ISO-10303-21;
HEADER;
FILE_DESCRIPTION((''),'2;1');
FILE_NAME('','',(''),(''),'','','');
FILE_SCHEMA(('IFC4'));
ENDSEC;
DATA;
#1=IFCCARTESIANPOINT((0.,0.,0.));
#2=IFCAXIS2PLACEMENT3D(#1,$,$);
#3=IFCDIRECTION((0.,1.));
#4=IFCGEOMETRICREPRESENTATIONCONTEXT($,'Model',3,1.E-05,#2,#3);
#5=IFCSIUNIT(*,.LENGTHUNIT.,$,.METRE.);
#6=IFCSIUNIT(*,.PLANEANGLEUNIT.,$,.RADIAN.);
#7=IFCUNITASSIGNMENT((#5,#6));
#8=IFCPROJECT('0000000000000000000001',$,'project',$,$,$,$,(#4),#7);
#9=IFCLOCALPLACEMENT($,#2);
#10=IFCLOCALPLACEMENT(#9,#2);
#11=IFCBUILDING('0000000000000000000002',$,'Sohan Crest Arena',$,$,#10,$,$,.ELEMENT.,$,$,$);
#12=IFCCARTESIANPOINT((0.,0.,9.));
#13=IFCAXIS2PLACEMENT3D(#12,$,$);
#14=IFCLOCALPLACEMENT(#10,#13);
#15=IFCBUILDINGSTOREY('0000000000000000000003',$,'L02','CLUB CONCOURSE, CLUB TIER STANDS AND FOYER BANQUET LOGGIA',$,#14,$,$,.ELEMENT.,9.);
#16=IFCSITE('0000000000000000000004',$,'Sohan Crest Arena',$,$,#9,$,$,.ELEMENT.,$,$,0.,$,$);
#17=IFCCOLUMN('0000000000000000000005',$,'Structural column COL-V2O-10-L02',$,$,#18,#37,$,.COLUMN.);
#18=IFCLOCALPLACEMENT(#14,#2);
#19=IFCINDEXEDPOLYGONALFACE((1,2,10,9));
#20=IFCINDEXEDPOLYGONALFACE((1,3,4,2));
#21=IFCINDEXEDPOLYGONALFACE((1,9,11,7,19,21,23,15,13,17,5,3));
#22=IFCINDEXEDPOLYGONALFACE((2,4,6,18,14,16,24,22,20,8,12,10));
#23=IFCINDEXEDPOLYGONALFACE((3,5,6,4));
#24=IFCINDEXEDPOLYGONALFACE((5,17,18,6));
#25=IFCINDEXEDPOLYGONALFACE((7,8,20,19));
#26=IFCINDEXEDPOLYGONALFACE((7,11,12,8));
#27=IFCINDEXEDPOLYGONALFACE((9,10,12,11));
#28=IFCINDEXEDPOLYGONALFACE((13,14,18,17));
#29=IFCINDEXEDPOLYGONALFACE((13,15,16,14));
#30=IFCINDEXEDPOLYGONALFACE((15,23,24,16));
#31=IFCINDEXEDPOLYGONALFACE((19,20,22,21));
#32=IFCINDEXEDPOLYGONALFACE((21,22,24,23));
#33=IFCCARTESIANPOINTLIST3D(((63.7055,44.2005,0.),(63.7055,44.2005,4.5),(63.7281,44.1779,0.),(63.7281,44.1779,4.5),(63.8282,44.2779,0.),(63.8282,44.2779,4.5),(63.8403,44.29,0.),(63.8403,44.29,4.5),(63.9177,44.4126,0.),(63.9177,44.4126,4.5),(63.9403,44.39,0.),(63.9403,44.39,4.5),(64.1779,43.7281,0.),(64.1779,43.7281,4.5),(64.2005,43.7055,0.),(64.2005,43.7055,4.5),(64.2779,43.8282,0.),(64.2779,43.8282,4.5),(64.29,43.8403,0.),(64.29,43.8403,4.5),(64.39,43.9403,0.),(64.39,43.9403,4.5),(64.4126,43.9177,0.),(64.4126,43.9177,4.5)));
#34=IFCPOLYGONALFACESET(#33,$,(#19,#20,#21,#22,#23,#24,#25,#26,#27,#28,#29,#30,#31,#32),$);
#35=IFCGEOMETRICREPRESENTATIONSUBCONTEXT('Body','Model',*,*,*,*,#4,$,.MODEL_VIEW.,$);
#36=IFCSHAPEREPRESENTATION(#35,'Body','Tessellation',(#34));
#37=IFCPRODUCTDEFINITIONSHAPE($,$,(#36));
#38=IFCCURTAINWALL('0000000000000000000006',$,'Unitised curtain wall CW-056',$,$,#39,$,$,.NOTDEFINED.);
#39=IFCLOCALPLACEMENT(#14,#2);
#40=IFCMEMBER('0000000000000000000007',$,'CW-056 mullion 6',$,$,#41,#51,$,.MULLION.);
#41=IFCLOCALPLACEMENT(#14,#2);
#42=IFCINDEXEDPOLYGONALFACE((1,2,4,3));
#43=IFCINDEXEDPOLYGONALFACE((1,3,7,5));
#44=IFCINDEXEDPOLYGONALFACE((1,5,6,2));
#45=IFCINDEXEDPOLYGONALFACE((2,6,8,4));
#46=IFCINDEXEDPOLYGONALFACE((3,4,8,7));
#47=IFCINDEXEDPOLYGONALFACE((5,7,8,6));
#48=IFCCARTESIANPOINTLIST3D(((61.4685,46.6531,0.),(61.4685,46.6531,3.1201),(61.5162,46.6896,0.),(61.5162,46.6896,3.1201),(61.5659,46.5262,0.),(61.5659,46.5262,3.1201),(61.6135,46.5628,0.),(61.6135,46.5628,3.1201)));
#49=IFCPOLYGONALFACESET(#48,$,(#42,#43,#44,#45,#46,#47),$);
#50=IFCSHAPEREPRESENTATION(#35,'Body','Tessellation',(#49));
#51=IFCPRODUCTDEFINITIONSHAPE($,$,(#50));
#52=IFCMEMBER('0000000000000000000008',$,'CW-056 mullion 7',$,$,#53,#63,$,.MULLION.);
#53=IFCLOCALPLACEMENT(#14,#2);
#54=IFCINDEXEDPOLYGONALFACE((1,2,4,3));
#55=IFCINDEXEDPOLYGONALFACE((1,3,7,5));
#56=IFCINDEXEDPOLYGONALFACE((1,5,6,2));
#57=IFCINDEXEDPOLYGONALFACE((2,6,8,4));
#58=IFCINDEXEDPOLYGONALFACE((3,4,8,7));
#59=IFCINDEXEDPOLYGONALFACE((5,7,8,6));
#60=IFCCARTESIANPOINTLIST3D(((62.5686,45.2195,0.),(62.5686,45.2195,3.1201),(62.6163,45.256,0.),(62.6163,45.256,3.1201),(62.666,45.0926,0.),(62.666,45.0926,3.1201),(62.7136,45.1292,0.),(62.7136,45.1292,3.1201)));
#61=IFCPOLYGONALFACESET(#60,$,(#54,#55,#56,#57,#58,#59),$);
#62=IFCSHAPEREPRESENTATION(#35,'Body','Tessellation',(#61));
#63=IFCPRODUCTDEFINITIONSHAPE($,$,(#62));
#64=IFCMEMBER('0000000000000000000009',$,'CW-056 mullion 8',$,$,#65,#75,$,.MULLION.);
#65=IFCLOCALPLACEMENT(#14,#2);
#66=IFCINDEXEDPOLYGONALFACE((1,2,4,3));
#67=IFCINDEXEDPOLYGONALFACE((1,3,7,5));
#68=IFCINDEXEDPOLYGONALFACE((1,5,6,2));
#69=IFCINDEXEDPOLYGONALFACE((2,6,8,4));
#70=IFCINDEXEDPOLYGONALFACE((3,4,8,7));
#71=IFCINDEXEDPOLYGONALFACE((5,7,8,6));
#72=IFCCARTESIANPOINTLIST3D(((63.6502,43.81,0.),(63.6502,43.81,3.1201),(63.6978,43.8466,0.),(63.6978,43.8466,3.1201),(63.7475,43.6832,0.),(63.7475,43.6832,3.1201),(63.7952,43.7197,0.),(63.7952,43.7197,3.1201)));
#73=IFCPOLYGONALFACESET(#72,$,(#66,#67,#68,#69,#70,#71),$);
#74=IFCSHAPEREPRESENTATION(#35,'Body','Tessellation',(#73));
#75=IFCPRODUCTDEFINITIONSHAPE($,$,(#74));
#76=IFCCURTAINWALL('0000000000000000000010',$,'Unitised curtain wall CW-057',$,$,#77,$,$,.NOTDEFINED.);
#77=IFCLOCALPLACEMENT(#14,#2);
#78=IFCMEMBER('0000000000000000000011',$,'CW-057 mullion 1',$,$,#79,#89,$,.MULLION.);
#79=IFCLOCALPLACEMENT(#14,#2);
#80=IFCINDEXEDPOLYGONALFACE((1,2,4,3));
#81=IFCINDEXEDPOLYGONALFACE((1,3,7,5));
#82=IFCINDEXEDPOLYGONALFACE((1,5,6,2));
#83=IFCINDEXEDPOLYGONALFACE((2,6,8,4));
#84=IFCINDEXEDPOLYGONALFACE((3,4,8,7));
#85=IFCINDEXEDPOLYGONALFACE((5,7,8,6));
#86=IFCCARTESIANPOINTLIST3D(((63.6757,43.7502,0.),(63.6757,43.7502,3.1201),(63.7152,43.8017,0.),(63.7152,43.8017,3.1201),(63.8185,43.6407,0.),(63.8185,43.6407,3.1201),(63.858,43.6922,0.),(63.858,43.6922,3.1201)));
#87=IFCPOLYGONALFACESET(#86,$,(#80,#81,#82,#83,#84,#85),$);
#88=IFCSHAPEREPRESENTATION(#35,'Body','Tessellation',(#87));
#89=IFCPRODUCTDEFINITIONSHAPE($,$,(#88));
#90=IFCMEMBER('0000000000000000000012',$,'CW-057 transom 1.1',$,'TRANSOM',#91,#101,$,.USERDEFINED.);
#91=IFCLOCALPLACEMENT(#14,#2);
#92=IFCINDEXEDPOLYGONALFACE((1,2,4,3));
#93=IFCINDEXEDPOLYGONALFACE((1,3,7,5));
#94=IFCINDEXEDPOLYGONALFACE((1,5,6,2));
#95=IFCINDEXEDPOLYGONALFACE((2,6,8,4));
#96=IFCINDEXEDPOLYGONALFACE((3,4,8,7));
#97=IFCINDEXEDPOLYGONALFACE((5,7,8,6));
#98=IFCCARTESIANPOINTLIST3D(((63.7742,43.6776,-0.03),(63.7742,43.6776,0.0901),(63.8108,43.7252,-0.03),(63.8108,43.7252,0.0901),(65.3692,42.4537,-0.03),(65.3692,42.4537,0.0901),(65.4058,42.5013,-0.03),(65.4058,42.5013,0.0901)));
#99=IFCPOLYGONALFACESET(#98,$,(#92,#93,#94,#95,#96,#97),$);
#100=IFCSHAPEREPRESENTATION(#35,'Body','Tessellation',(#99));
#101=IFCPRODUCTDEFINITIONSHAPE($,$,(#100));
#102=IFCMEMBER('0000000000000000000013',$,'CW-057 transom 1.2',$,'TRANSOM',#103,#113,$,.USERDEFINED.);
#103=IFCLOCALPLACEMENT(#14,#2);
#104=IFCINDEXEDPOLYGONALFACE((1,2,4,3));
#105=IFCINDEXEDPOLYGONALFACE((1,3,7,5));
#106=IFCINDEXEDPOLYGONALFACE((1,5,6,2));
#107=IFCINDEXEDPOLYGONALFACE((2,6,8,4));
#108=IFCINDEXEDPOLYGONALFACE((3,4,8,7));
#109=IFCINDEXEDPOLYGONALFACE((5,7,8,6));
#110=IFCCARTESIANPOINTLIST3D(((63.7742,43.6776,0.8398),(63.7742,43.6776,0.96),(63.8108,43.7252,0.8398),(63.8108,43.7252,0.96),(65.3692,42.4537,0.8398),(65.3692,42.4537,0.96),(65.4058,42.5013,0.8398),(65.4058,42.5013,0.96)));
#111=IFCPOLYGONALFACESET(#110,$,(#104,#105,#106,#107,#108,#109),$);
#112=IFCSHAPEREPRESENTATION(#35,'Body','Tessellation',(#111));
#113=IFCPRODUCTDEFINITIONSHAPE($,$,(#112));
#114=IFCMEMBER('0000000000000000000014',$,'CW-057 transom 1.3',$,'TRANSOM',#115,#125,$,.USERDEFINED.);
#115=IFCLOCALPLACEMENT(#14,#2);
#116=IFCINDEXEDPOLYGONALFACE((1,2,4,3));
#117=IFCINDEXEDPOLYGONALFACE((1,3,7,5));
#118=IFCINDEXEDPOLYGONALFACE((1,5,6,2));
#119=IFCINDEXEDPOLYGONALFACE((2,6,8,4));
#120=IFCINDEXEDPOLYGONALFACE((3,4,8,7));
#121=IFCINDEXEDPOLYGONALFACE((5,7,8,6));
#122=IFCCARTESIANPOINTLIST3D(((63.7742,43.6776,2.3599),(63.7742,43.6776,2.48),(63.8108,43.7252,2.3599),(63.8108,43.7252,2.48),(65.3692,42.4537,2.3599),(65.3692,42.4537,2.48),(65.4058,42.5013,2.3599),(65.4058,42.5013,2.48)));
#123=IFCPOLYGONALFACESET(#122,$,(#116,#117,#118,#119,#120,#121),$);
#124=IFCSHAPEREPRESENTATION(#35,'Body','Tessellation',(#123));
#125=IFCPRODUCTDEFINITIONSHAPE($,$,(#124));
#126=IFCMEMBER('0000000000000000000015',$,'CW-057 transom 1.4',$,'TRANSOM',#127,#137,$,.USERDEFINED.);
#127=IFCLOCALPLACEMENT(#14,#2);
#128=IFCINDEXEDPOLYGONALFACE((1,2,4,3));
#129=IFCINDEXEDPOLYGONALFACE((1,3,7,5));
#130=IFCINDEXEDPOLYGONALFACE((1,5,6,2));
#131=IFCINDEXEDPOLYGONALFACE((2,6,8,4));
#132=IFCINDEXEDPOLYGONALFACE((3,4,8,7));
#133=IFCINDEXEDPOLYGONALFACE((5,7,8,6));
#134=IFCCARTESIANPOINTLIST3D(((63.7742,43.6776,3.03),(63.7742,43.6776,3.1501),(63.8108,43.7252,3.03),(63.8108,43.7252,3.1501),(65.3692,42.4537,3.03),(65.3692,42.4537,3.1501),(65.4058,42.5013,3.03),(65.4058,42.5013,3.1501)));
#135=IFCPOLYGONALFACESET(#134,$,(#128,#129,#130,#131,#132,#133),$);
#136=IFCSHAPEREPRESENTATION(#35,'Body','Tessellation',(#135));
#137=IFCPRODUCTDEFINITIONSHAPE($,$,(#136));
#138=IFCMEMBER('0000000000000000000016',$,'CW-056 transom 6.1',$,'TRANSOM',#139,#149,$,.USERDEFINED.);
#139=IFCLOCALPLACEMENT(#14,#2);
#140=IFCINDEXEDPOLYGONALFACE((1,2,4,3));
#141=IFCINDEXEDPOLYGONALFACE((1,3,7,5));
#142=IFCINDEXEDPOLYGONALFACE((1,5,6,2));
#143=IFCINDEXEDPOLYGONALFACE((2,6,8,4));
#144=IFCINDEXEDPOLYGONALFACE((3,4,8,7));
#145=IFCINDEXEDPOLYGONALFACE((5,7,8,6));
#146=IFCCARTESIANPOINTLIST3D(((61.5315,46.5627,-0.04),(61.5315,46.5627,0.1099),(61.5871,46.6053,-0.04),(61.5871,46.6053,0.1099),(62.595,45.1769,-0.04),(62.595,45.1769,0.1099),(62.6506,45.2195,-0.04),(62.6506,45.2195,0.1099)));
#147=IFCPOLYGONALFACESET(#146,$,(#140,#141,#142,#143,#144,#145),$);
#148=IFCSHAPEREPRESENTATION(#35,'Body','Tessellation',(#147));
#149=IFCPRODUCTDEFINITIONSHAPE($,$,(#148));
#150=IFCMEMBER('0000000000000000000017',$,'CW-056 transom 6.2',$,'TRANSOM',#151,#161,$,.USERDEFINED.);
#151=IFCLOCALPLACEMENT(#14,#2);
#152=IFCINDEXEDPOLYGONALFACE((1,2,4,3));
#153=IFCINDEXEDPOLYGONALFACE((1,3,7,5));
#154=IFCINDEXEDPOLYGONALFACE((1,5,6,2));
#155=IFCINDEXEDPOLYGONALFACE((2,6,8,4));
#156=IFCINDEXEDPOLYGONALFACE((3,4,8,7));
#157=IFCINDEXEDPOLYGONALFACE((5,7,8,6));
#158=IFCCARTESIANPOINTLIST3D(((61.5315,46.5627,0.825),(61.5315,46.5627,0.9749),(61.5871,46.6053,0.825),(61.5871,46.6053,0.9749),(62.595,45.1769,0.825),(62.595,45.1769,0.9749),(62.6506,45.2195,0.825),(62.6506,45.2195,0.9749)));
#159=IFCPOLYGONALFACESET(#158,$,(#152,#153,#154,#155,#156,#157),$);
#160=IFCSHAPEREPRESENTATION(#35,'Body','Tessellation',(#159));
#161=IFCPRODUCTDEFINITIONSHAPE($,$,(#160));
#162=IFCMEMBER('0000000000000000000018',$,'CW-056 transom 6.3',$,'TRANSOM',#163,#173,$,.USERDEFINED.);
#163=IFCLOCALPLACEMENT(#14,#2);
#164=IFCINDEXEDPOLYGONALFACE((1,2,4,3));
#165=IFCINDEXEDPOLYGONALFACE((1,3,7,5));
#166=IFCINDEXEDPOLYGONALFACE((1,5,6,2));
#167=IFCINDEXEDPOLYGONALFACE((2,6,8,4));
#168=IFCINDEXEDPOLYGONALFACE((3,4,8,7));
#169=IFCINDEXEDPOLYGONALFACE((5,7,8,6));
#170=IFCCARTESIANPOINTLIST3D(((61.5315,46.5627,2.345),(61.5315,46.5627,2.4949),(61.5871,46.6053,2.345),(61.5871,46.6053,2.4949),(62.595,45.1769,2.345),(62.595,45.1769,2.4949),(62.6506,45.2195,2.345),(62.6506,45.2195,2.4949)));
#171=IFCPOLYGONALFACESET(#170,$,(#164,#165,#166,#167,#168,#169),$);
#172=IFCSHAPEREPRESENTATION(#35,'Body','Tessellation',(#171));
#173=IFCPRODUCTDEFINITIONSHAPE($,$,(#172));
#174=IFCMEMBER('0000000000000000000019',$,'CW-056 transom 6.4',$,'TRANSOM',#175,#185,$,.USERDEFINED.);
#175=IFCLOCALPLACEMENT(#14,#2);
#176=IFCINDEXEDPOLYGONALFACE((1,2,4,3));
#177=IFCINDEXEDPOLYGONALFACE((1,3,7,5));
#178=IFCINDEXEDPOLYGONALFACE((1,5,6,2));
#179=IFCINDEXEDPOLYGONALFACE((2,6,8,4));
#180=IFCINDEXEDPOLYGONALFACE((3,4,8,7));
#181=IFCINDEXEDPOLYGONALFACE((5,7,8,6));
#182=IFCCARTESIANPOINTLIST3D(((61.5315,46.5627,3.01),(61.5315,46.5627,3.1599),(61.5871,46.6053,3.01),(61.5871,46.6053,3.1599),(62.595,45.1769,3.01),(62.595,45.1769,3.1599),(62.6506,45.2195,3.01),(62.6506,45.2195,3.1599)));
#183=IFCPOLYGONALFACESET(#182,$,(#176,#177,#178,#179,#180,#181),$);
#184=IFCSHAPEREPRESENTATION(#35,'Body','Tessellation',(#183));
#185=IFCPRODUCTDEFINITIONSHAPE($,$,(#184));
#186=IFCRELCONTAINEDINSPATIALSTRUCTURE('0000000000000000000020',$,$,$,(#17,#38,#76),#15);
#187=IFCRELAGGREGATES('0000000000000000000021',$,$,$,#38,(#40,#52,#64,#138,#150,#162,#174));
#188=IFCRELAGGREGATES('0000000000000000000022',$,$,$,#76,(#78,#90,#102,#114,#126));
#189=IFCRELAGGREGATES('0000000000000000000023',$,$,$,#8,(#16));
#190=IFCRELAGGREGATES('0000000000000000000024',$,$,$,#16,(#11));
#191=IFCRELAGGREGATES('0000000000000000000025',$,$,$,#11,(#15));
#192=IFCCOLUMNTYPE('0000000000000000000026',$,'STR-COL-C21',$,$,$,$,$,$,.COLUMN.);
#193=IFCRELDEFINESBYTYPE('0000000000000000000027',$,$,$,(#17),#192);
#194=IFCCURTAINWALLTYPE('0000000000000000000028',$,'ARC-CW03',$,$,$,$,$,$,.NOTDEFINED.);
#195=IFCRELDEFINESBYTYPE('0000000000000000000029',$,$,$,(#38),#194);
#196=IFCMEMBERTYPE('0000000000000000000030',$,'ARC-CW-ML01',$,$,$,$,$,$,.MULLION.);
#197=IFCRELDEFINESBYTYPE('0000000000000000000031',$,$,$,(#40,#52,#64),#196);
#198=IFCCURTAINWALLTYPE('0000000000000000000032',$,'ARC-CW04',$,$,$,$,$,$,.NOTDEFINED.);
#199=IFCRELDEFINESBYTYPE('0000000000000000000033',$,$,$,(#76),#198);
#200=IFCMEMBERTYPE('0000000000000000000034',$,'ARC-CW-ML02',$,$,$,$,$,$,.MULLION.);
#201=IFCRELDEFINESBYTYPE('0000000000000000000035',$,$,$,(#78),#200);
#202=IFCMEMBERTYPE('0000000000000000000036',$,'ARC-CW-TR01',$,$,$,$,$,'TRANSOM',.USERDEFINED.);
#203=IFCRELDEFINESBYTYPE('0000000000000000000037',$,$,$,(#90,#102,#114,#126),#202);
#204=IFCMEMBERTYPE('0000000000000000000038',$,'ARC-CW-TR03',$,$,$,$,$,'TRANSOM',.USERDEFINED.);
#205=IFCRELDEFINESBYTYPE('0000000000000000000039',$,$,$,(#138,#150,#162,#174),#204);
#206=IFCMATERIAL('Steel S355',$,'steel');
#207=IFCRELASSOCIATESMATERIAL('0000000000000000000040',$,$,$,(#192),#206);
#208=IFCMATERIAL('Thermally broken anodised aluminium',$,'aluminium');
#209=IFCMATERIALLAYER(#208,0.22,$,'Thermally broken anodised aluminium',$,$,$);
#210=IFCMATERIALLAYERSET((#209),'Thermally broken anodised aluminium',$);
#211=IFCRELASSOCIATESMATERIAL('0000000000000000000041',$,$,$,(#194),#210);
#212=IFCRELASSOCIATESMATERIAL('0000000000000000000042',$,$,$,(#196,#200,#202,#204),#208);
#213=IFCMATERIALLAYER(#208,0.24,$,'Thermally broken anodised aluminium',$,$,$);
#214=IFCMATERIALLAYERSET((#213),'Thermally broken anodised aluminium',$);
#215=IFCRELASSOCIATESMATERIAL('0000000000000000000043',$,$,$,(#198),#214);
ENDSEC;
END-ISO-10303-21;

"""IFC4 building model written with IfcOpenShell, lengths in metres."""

from ifc_helpers import new_model, si_unit, direction, frame, origin, origin_2d, place, context, subcontext, project, spatial, rectangle, i_section, extrude, material, layer, layer_set, material_profile, profile_set, type_object, element, aggregate, save


model = new_model("IFC4")

# Units and contexts
model_context = context("Model", 3, precision=1e-05, world=origin(), true_north=direction((0.0, 1.0)))
body_context = subcontext(model_context, "Body", "Model", "MODEL_VIEW")
ifc_project = project(units=[si_unit("LENGTHUNIT", "METRE"), si_unit("PLANEANGLEUNIT", "RADIAN")], contexts=[model_context])

# Site, building, storey
site_placement = place(None, origin())
site = spatial("IfcSite", under=ifc_project, at=site_placement, Name="Sohan Crest Arena", CompositionType="ELEMENT", RefElevation=0.0)
building_placement = place(site_placement, origin())
building = spatial("IfcBuilding", under=site, at=building_placement, Name="Sohan Crest Arena", CompositionType="ELEMENT")
storey_placement = place(building_placement, frame((0.0, 0.0, 9.0)))
storey = spatial("IfcBuildingStorey", under=building, at=storey_placement, Name="L02", Description="CLUB CONCOURSE, CLUB TIER STANDS AND FOYER BANQUET LOGGIA", CompositionType="ELEMENT", Elevation=9.0)

# Column
ifc_material_1 = material(Name="Steel S355", Category="steel")
ifc_material_profile_1 = material_profile(ifc_material_1, i_section(OverallWidth=0.3, OverallDepth=0.7, WebThickness=0.0171, FlangeThickness=0.032, at=origin_2d()), Name="HEB 700")
ifc_profile_set_1 = profile_set([ifc_material_profile_1], Name="Steel S355")
column_type = type_object("IfcColumnType", Name="STR-COL-C21", PredefinedType="COLUMN", material=ifc_profile_set_1)
column_placement = place(storey_placement, frame((64.0591, 44.0591, 0.0), z_axis=(0.0, 0.0, 1.0), x_axis=(0.707107, 0.707107, 0.0)))
element("IfcColumn", 1, at=column_placement, inside=storey, type_object=column_type, Name="Structural column COL-V2O-10-L02", PredefinedType="COLUMN", context=body_context, shape_type="SweptSolid", body=[
    extrude(i_section(OverallWidth=0.3, OverallDepth=0.7, WebThickness=0.0171, FlangeThickness=0.032, at=origin_2d()), origin(), (0.0, 0.0, 1.0), 4.5),
])

# Curtain walls, members
ifc_material_2 = material(Name="Thermally broken anodised aluminium", Category="aluminium")
ifc_layer_1 = layer(ifc_material_2, 0.22, Name="Thermally broken anodised aluminium")
ifc_layer_set_1 = layer_set([ifc_layer_1], Name="Thermally broken anodised aluminium")
curtain_wall_type_1 = type_object("IfcCurtainWallType", Name="ARC-CW03", PredefinedType="NOTDEFINED", material=ifc_layer_set_1)
curtain_wall_1_placement = place(storey_placement, origin())
curtain_wall_1 = element("IfcCurtainWall", 2, at=curtain_wall_1_placement, inside=storey, type_object=curtain_wall_type_1, Name="Unitised curtain wall CW-056", PredefinedType="NOTDEFINED")
ifc_material_profile_2 = material_profile(ifc_material_2, rectangle(XDim=0.0601, YDim=0.1599, at=origin_2d()), Name="ALU-MULL 60x160")
ifc_profile_set_2 = profile_set([ifc_material_profile_2], Name="Thermally broken anodised aluminium")
member_type_1 = type_object("IfcMemberType", Name="ARC-CW-ML01", PredefinedType="MULLION", material=ifc_profile_set_2)
member_1_placement = place(storey_placement, frame((61.541, 46.6079, 0.0), z_axis=(0.0, 0.0, 1.0), x_axis=(0.793329, 0.608793, 0.0)))
member_1 = element("IfcMember", 3, at=member_1_placement, type_object=member_type_1, Name="CW-056 mullion 6", PredefinedType="MULLION", context=body_context, shape_type="SweptSolid", body=[
    extrude(rectangle(XDim=0.0601, YDim=0.1599, at=origin_2d()), origin(), (0.0, 0.0, 1.0), 3.1201),
])
member_2_placement = place(storey_placement, frame((62.6411, 45.1743, 0.0), z_axis=(0.0, 0.0, 1.0), x_axis=(0.793329, 0.608793, 0.0)))
member_2 = element("IfcMember", 4, at=member_2_placement, type_object=member_type_1, Name="CW-056 mullion 7", PredefinedType="MULLION", context=body_context, shape_type="SweptSolid", body=[
    extrude(rectangle(XDim=0.0601, YDim=0.1599, at=origin_2d()), origin(), (0.0, 0.0, 1.0), 3.1201),
])
member_3_placement = place(storey_placement, frame((63.7227, 43.7649, 0.0), z_axis=(0.0, 0.0, 1.0), x_axis=(0.793329, 0.608793, 0.0)))
member_3 = element("IfcMember", 5, at=member_3_placement, type_object=member_type_1, Name="CW-056 mullion 8", PredefinedType="MULLION", context=body_context, shape_type="SweptSolid", body=[
    extrude(rectangle(XDim=0.0601, YDim=0.1599, at=origin_2d()), origin(), (0.0, 0.0, 1.0), 3.1201),
])
ifc_layer_2 = layer(ifc_material_2, 0.24, Name="Thermally broken anodised aluminium")
ifc_layer_set_2 = layer_set([ifc_layer_2], Name="Thermally broken anodised aluminium")
curtain_wall_type_2 = type_object("IfcCurtainWallType", Name="ARC-CW04", PredefinedType="NOTDEFINED", material=ifc_layer_set_2)
curtain_wall_2_placement = place(storey_placement, origin())
curtain_wall_2 = element("IfcCurtainWall", 6, at=curtain_wall_2_placement, inside=storey, type_object=curtain_wall_type_2, Name="Unitised curtain wall CW-057", PredefinedType="NOTDEFINED")
ifc_material_profile_3 = material_profile(ifc_material_2, rectangle(XDim=0.0649, YDim=0.1799, at=origin_2d()), Name="ALU-MULL 65x180")
ifc_profile_set_3 = profile_set([ifc_material_profile_3], Name="Thermally broken anodised aluminium")
member_type_2 = type_object("IfcMemberType", Name="ARC-CW-ML02", PredefinedType="MULLION", material=ifc_profile_set_3)
member_4_placement = place(storey_placement, frame((63.7668, 43.7212, 0.0), z_axis=(0.0, 0.0, 1.0), x_axis=(0.608793, 0.793329, 0.0)))
member_4 = element("IfcMember", 7, at=member_4_placement, type_object=member_type_2, Name="CW-057 mullion 1", PredefinedType="MULLION", context=body_context, shape_type="SweptSolid", body=[
    extrude(rectangle(XDim=0.0649, YDim=0.1799, at=origin_2d()), origin(), (0.0, 0.0, 1.0), 3.1201),
])
ifc_material_profile_4 = material_profile(ifc_material_2, rectangle(XDim=0.0601, YDim=0.1201, at=origin_2d()), Name="ALU-TRAN 60x120")
ifc_profile_set_4 = profile_set([ifc_material_profile_4], Name="Thermally broken anodised aluminium")
member_type_3 = type_object("IfcMemberType", Name="ARC-CW-TR01", ElementType="TRANSOM", PredefinedType="USERDEFINED", material=ifc_profile_set_4)
member_5_placement = place(storey_placement, frame((63.7925, 43.7014, 0.03), z_axis=(0.79335, -0.608765, 0.0), x_axis=(0.608765, 0.79335, 0.0)))
member_5 = element("IfcMember", 8, at=member_5_placement, type_object=member_type_3, Name="CW-057 transom 1.1", ObjectType="TRANSOM", PredefinedType="USERDEFINED", context=body_context, shape_type="SweptSolid", body=[
    extrude(rectangle(XDim=0.0601, YDim=0.1201, at=origin_2d()), origin(), (0.0, 0.0, 1.0), 2.0105),
])
member_6_placement = place(storey_placement, frame((63.7925, 43.7014, 0.8999), z_axis=(0.79335, -0.608765, 0.0), x_axis=(0.608765, 0.79335, 0.0)))
member_6 = element("IfcMember", 9, at=member_6_placement, type_object=member_type_3, Name="CW-057 transom 1.2", ObjectType="TRANSOM", PredefinedType="USERDEFINED", context=body_context, shape_type="SweptSolid", body=[
    extrude(rectangle(XDim=0.0601, YDim=0.1201, at=origin_2d()), origin(), (0.0, 0.0, 1.0), 2.0105),
])
member_7_placement = place(storey_placement, frame((63.7925, 43.7014, 2.4199), z_axis=(0.79335, -0.608765, 0.0), x_axis=(0.608765, 0.79335, 0.0)))
member_7 = element("IfcMember", 10, at=member_7_placement, type_object=member_type_3, Name="CW-057 transom 1.3", ObjectType="TRANSOM", PredefinedType="USERDEFINED", context=body_context, shape_type="SweptSolid", body=[
    extrude(rectangle(XDim=0.0601, YDim=0.1201, at=origin_2d()), origin(), (0.0, 0.0, 1.0), 2.0105),
])
member_8_placement = place(storey_placement, frame((63.7925, 43.7014, 3.0901), z_axis=(0.79335, -0.608765, 0.0), x_axis=(0.608765, 0.79335, 0.0)))
member_8 = element("IfcMember", 11, at=member_8_placement, type_object=member_type_3, Name="CW-057 transom 1.4", ObjectType="TRANSOM", PredefinedType="USERDEFINED", context=body_context, shape_type="SweptSolid", body=[
    extrude(rectangle(XDim=0.0601, YDim=0.1201, at=origin_2d()), origin(), (0.0, 0.0, 1.0), 2.0105),
])

# Members
ifc_material_profile_5 = material_profile(ifc_material_2, rectangle(XDim=0.0701, YDim=0.1499, at=origin_2d()), Name="ALU-TRAN 70x150")
ifc_profile_set_5 = profile_set([ifc_material_profile_5], Name="Thermally broken anodised aluminium")
member_type_4 = type_object("IfcMemberType", Name="ARC-CW-TR03", ElementType="TRANSOM", PredefinedType="USERDEFINED", material=ifc_profile_set_5)
member_9_placement = place(storey_placement, frame((61.5593, 46.584, 0.0349), z_axis=(0.608819, -0.793309, 0.0), x_axis=(0.793309, 0.608819, 0.0)))
member_9 = element("IfcMember", 12, at=member_9_placement, type_object=member_type_4, Name="CW-056 transom 6.1", ObjectType="TRANSOM", PredefinedType="USERDEFINED", context=body_context, shape_type="SweptSolid", body=[
    extrude(rectangle(XDim=0.0701, YDim=0.1499, at=origin_2d()), origin(), (0.0, 0.0, 1.0), 1.7468),
])
member_10_placement = place(storey_placement, frame((61.5593, 46.584, 0.8999), z_axis=(0.608819, -0.793309, 0.0), x_axis=(0.793309, 0.608819, 0.0)))
member_10 = element("IfcMember", 13, at=member_10_placement, type_object=member_type_4, Name="CW-056 transom 6.2", ObjectType="TRANSOM", PredefinedType="USERDEFINED", context=body_context, shape_type="SweptSolid", body=[
    extrude(rectangle(XDim=0.0701, YDim=0.1499, at=origin_2d()), origin(), (0.0, 0.0, 1.0), 1.7468),
])
member_11_placement = place(storey_placement, frame((61.5593, 46.584, 2.4199), z_axis=(0.608819, -0.793309, 0.0), x_axis=(0.793309, 0.608819, 0.0)))
member_11 = element("IfcMember", 14, at=member_11_placement, type_object=member_type_4, Name="CW-056 transom 6.3", ObjectType="TRANSOM", PredefinedType="USERDEFINED", context=body_context, shape_type="SweptSolid", body=[
    extrude(rectangle(XDim=0.0701, YDim=0.1499, at=origin_2d()), origin(), (0.0, 0.0, 1.0), 1.7468),
])
member_12_placement = place(storey_placement, frame((61.5593, 46.584, 3.085), z_axis=(0.608819, -0.793309, 0.0), x_axis=(0.793309, 0.608819, 0.0)))
member_12 = element("IfcMember", 15, at=member_12_placement, type_object=member_type_4, Name="CW-056 transom 6.4", ObjectType="TRANSOM", PredefinedType="USERDEFINED", context=body_context, shape_type="SweptSolid", body=[
    extrude(rectangle(XDim=0.0701, YDim=0.1499, at=origin_2d()), origin(), (0.0, 0.0, 1.0), 1.7468),
])

aggregate(curtain_wall_1, [member_1, member_2, member_3, member_9, member_10, member_11, member_12])
aggregate(curtain_wall_2, [member_4, member_5, member_6, member_7, member_8])

save(model, "model.ifc")
